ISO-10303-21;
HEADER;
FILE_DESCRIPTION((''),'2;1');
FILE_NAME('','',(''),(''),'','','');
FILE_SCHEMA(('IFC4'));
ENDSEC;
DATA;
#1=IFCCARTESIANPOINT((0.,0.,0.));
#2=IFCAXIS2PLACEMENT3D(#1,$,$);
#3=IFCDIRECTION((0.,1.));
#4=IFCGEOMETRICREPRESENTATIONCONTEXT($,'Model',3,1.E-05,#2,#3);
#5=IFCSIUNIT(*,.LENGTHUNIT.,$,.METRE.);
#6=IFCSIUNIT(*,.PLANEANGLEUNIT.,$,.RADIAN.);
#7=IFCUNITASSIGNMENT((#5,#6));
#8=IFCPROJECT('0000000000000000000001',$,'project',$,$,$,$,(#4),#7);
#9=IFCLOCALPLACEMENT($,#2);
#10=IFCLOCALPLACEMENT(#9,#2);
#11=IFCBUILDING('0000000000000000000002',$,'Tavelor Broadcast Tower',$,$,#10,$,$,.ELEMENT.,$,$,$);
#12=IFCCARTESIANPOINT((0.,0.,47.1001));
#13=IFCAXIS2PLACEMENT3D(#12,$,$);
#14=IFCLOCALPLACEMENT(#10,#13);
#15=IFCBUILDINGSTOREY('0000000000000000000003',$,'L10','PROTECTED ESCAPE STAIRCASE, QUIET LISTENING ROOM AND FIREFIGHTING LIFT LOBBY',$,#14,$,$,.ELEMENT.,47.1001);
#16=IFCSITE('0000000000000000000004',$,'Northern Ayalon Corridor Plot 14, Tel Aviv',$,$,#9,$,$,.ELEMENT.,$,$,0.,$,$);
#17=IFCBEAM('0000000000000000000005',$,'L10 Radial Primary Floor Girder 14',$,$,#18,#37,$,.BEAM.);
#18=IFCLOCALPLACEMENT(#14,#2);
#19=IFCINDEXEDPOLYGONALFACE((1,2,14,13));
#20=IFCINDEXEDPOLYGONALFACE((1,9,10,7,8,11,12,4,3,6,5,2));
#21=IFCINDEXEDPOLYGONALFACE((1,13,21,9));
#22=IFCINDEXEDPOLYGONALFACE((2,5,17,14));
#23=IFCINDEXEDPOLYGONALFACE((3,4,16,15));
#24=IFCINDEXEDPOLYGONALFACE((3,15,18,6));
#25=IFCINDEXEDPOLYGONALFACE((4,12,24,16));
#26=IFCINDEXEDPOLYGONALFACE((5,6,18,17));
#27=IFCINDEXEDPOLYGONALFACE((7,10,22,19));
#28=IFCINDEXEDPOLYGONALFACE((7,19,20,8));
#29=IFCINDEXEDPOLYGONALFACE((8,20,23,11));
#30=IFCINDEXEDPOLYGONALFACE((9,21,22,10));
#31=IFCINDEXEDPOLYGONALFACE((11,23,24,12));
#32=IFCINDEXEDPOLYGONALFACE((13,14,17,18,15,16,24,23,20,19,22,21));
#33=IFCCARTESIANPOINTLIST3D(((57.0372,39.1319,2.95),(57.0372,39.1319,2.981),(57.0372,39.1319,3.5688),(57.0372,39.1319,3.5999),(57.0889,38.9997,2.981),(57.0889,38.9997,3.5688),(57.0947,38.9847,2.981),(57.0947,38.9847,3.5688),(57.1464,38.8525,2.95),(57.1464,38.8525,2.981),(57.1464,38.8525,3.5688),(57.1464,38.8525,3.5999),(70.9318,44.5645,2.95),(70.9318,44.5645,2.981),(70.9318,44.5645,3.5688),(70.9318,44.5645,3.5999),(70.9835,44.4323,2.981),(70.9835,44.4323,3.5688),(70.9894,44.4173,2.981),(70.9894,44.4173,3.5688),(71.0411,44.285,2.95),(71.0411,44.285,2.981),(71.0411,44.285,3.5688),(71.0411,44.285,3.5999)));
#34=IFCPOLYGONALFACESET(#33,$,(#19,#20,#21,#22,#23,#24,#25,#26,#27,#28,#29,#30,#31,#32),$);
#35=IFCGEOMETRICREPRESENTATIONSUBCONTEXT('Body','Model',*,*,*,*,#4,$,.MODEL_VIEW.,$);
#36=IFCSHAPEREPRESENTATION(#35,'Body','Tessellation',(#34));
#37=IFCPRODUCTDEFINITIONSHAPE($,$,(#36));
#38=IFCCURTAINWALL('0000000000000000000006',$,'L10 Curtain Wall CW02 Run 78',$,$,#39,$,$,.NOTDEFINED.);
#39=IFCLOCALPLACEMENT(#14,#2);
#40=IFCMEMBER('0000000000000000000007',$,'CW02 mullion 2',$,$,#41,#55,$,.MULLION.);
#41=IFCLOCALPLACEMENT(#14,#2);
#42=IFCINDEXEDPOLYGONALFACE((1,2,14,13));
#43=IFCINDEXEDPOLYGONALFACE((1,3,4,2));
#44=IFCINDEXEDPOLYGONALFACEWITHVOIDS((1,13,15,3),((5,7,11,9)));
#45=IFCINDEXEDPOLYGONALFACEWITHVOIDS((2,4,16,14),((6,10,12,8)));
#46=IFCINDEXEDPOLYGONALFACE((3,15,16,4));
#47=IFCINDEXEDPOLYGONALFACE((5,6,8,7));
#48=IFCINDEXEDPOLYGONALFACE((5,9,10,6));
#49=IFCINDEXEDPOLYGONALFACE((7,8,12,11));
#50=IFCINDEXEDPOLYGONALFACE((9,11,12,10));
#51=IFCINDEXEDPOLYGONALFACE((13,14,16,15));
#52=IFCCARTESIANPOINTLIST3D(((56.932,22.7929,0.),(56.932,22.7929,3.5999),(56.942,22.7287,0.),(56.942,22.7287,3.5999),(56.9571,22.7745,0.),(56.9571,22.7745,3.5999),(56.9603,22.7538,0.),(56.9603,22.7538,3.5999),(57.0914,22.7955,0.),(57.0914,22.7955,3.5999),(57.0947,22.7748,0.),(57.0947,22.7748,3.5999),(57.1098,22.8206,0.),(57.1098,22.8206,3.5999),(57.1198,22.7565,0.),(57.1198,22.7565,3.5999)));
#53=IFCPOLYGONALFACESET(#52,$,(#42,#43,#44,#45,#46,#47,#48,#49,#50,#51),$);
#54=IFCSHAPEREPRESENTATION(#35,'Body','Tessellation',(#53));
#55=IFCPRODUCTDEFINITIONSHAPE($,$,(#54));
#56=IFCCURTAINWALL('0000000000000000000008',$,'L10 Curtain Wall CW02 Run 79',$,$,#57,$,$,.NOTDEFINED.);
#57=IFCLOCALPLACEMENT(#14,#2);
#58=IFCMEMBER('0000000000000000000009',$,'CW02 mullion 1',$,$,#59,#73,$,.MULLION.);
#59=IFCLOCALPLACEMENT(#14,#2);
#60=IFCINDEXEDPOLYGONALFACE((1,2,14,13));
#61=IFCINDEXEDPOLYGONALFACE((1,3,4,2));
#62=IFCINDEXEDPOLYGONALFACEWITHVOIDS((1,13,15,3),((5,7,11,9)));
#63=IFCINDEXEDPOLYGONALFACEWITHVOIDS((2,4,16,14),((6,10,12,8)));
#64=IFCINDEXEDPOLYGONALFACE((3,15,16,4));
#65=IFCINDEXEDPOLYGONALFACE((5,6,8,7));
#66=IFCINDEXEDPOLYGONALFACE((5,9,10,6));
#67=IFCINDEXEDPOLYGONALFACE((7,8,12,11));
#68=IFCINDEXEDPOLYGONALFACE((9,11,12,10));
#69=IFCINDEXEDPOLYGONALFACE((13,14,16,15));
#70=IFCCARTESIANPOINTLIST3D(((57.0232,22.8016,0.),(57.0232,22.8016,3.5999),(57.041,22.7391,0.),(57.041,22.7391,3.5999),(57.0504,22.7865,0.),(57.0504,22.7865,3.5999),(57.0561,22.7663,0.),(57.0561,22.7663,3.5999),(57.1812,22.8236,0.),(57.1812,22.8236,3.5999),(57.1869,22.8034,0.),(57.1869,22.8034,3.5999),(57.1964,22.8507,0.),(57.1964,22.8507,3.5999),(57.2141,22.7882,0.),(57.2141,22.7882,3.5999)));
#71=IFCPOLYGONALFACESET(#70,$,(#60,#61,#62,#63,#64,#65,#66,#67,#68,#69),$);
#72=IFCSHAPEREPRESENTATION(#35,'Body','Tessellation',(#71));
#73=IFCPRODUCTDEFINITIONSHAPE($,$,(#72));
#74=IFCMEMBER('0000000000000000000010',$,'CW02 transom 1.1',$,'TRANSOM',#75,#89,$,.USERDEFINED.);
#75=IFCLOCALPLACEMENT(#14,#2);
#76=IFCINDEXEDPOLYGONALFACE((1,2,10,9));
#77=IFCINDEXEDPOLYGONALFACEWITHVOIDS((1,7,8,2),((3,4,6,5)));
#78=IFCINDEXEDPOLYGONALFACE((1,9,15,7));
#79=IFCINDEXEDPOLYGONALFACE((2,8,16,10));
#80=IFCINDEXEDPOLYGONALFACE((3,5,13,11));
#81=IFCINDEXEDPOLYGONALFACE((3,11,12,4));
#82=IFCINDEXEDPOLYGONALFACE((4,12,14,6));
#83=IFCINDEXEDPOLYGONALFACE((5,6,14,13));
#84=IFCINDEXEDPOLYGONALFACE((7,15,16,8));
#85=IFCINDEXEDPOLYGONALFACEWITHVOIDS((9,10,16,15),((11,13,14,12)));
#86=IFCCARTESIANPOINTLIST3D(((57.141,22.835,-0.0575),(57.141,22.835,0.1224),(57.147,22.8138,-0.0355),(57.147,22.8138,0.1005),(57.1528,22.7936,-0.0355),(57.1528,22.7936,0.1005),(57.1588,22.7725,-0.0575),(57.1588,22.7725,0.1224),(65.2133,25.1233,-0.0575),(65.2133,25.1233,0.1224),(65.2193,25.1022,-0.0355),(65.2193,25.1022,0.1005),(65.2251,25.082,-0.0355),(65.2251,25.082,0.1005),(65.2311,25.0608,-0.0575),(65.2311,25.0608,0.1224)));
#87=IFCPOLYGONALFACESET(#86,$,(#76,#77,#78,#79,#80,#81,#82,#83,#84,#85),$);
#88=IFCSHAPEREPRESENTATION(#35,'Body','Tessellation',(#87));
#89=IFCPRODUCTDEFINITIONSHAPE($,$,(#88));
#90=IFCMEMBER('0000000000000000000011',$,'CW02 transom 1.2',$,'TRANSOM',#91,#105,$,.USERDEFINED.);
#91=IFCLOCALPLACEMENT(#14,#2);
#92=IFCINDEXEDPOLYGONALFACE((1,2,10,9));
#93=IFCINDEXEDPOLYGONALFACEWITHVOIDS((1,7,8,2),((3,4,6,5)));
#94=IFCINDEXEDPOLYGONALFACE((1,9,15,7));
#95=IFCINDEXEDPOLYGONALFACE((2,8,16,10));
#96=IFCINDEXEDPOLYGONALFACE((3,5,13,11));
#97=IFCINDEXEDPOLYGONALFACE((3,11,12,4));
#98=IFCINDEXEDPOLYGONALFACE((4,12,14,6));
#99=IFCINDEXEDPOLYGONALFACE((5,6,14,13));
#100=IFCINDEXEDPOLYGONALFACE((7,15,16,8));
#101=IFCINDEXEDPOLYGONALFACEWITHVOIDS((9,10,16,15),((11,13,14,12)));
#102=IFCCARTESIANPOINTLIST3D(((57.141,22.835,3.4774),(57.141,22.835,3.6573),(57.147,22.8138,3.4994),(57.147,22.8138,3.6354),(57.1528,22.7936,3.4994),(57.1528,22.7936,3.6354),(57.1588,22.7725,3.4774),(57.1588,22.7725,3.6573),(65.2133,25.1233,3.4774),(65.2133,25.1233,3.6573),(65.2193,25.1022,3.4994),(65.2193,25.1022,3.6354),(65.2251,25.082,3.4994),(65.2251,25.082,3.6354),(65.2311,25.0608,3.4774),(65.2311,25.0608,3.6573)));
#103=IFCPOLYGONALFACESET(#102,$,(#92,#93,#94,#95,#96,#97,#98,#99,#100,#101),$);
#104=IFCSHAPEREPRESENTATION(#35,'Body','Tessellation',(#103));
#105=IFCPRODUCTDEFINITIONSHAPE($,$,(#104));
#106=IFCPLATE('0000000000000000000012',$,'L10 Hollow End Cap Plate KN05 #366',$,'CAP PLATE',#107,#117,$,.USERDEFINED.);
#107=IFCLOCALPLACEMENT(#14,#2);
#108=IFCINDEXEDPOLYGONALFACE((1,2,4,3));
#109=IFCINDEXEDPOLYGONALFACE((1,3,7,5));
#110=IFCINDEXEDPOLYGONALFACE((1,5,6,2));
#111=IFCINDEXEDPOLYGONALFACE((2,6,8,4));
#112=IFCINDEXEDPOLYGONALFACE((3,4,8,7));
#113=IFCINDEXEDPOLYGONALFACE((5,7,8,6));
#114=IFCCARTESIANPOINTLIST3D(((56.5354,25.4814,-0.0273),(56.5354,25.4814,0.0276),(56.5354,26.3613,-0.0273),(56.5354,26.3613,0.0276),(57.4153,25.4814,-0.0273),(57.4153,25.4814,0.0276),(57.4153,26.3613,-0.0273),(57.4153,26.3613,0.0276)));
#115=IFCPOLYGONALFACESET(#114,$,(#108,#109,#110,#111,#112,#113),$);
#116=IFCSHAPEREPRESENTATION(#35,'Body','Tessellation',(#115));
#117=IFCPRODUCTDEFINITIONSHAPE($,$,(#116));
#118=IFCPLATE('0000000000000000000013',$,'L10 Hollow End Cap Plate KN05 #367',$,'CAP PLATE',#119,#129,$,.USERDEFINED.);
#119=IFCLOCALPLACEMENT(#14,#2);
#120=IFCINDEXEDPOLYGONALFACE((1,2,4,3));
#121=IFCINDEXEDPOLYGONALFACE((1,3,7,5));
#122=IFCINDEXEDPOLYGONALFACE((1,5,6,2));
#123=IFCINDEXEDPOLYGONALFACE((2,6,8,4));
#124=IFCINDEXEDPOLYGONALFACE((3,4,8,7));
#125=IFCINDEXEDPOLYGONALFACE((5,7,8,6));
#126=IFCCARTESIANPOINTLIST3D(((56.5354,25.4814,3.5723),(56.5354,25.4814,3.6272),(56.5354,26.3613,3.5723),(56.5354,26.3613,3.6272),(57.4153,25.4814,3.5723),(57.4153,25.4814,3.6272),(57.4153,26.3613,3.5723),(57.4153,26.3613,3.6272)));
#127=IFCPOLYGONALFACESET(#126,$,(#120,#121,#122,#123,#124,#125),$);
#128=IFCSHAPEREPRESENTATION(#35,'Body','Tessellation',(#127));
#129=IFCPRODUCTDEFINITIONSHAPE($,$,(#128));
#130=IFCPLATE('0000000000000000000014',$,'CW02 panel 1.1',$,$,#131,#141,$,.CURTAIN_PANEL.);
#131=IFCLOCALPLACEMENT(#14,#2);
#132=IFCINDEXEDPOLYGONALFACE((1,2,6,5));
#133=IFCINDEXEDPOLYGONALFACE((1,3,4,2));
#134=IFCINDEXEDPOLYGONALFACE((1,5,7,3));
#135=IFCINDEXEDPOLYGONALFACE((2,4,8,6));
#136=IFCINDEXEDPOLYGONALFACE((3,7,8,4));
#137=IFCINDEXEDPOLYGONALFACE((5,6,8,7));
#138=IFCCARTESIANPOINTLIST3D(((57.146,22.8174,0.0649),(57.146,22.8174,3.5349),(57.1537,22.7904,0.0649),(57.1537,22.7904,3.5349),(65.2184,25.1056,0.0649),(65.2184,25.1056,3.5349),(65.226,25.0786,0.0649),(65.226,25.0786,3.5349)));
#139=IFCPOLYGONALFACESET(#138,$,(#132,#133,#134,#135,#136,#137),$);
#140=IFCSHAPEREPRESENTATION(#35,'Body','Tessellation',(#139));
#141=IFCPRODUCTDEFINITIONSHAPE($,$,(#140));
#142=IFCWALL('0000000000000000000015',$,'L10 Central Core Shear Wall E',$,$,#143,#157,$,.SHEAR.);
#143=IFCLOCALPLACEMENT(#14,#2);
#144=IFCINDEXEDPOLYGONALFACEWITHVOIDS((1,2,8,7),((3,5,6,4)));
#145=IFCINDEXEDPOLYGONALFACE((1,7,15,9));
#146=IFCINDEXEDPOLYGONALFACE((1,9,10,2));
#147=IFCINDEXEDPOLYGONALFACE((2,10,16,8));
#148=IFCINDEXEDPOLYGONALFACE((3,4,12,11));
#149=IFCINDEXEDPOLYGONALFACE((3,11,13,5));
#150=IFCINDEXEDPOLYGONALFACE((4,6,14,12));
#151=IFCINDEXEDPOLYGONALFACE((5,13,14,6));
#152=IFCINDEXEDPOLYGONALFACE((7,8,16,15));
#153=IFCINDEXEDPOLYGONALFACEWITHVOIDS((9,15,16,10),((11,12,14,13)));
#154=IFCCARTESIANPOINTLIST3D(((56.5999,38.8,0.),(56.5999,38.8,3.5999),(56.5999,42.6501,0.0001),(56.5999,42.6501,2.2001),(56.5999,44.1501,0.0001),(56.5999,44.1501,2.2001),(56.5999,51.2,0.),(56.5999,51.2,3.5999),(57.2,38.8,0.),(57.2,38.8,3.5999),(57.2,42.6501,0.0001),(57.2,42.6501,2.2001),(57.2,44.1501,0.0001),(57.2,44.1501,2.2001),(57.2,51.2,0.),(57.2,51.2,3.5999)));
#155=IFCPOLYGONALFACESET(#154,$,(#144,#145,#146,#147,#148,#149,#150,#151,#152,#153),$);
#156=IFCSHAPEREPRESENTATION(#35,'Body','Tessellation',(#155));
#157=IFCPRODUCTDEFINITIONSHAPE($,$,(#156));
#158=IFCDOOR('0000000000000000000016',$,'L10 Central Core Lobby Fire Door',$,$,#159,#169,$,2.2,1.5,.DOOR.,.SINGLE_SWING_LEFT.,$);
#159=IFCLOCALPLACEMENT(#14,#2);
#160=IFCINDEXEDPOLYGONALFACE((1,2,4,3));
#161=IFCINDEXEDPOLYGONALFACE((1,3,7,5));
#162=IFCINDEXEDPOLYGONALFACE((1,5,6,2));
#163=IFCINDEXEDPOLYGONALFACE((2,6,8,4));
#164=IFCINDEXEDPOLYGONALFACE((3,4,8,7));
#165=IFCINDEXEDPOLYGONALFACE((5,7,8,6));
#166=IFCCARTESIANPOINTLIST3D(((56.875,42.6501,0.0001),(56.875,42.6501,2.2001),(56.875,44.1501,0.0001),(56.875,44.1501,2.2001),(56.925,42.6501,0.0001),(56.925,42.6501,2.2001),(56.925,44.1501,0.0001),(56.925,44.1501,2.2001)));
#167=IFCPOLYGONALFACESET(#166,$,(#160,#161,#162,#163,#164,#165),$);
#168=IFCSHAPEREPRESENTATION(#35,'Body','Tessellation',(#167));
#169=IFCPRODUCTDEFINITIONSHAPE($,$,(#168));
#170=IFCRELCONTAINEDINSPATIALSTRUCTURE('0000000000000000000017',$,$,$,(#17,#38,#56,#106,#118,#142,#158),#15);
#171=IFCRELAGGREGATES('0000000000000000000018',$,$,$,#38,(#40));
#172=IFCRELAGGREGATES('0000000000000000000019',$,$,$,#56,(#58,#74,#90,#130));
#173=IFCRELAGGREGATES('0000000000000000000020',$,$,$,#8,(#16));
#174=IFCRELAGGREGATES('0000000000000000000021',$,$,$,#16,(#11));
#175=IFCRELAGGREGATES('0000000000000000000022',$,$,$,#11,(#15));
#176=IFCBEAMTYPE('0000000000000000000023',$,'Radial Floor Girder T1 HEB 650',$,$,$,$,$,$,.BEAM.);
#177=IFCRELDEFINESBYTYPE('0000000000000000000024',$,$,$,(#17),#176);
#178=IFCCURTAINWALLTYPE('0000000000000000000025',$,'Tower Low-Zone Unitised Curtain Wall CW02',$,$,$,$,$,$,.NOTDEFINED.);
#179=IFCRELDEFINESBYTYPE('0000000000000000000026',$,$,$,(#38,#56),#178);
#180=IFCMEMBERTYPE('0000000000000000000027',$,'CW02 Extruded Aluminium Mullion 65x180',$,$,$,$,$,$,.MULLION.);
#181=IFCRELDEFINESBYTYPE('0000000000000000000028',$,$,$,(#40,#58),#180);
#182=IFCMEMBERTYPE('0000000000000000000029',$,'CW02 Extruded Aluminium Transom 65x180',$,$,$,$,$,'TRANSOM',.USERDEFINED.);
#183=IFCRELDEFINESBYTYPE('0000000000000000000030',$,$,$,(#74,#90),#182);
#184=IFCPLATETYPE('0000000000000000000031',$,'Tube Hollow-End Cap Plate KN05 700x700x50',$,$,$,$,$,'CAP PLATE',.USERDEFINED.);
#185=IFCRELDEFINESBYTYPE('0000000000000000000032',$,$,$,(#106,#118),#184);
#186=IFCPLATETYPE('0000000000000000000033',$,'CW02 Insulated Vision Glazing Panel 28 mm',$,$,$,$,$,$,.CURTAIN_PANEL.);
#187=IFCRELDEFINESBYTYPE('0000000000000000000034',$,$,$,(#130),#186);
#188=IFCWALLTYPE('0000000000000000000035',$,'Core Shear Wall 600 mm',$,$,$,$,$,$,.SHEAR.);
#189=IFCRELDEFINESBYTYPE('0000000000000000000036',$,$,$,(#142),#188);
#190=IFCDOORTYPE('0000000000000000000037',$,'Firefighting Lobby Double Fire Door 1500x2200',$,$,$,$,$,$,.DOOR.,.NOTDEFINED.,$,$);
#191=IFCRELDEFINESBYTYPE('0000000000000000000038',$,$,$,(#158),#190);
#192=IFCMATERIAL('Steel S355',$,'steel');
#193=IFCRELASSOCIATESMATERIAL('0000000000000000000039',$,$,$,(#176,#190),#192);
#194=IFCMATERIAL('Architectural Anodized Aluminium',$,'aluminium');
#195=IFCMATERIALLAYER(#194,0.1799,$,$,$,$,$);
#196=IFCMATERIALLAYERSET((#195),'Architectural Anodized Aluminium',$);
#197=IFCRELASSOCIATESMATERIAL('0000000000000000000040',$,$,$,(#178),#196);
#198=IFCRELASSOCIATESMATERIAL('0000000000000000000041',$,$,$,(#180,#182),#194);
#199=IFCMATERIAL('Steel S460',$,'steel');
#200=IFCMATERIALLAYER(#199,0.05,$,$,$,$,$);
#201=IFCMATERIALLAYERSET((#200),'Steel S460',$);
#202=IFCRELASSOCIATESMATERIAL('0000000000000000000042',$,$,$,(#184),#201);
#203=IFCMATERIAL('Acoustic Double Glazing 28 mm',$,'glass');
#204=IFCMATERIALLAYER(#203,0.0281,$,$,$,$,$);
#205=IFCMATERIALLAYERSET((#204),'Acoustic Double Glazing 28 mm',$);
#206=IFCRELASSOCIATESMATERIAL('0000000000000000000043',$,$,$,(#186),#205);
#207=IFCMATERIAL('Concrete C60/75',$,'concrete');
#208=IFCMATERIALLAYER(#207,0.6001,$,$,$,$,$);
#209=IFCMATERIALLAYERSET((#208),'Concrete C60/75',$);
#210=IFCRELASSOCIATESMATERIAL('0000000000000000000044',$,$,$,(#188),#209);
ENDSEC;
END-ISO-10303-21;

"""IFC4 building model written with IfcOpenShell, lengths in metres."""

from ifc_helpers import new_model, si_unit, direction, frame, frame_2d, origin, origin_2d, place, context, subcontext, project, spatial, rectangle, hollow_rectangle, i_section, extrude, source, transform, mapped, material, layer, layer_set, material_profile, profile_set, type_object, type_shapes, element, fill, aggregate, save


model = new_model("IFC4")

# Units and contexts
model_context = context("Model", 3, precision=1e-05, world=origin(), true_north=direction((0.0, 1.0)))
body_context = subcontext(model_context, "Body", "Model", "MODEL_VIEW")
ifc_project = project(units=[si_unit("LENGTHUNIT", "METRE"), si_unit("PLANEANGLEUNIT", "RADIAN")], contexts=[model_context])

# Site, building, storey
site_placement = place(None, origin())
site = spatial("IfcSite", under=ifc_project, at=site_placement, Name="Northern Ayalon Corridor Plot 14, Tel Aviv", CompositionType="ELEMENT", RefElevation=0.0)
building_placement = place(site_placement, origin())
building = spatial("IfcBuilding", under=site, at=building_placement, Name="Tavelor Broadcast Tower", CompositionType="ELEMENT")
storey_placement = place(building_placement, frame((0.0, 0.0, 47.1001)))
storey = spatial("IfcBuildingStorey", under=building, at=storey_placement, Name="L10", Description="PROTECTED ESCAPE STAIRCASE, QUIET LISTENING ROOM AND FIREFIGHTING LIFT LOBBY", CompositionType="ELEMENT", Elevation=47.1001)

# Shared definitions
ifc_material_1 = material(Name="Concrete C60/75", Category="concrete")
ifc_material_2 = material(Name="Steel S460", Category="steel")

# Beam
ifc_material_3 = material(Name="Steel S355", Category="steel")
ifc_material_profile_1 = material_profile(ifc_material_3, i_section(OverallWidth=0.3, OverallDepth=0.6499, WebThickness=0.0161, FlangeThickness=0.031, at=origin_2d()), Name="HEB 650")
ifc_profile_set_1 = profile_set([ifc_material_profile_1], Name="Steel S355")
beam_type_1 = type_object("IfcBeamType", Name="Radial Floor Girder T1 HEB 650", PredefinedType="BEAM", material=ifc_profile_set_1)
beam_1_placement = place(storey_placement, frame((57.0918, 38.9922, 3.2749), z_axis=(0.931344, 0.36414, 0.0), x_axis=(-0.36414, 0.931344, 0.0)))
element("IfcBeam", 1, at=beam_1_placement, inside=storey, type_object=beam_type_1, Name="L10 Radial Primary Floor Girder 14", PredefinedType="BEAM", context=body_context, shape_type="SweptSolid", body=[
    extrude(i_section(OverallWidth=0.3, OverallDepth=0.6499, WebThickness=0.0161, FlangeThickness=0.031, at=origin_2d()), origin(), (0.0, 0.0, 1.0), 14.9189),
])

# Curtain wall, member
ifc_material_4 = material(Name="Architectural Anodized Aluminium", Category="aluminium")
ifc_layer_1 = layer(ifc_material_4, 0.1799)
ifc_layer_set_1 = layer_set([ifc_layer_1], Name="Architectural Anodized Aluminium")
curtain_wall_type = type_object("IfcCurtainWallType", Name="Tower Low-Zone Unitised Curtain Wall CW02", PredefinedType="NOTDEFINED", material=ifc_layer_set_1)
curtain_wall_1_placement = place(storey_placement, origin())
curtain_wall_1 = element("IfcCurtainWall", 2, at=curtain_wall_1_placement, inside=storey, type_object=curtain_wall_type, Name="L10 Curtain Wall CW02 Run 78", PredefinedType="NOTDEFINED")
ifc_material_profile_2 = material_profile(ifc_material_4, hollow_rectangle(XDim=0.0649, YDim=0.1799, WallThickness=0.022, at=origin_2d()), Name="RHS 65x180x22")
ifc_profile_set_2 = profile_set([ifc_material_profile_2], Name="Architectural Anodized Aluminium")
member_type_1 = type_object("IfcMemberType", Name="CW02 Extruded Aluminium Mullion 65x180", PredefinedType="MULLION", material=ifc_profile_set_2)
shared_shape_1 = source(origin(), body_context, "Body", "SweptSolid", [
    extrude(hollow_rectangle(XDim=0.0649, YDim=0.1799, WallThickness=0.022, at=origin_2d()), origin(), (0.0, 0.0, 1.0), 3.5999),
])
type_shapes(member_type_1, [shared_shape_1])
member_1_placement = place(storey_placement, frame((57.0259, 22.7747, 0.0), z_axis=(0.0, 0.0, 1.0), x_axis=(-0.154288, 0.988026, 0.0)))
member_1 = element("IfcMember", 3, at=member_1_placement, type_object=member_type_1, Name="CW02 mullion 2", PredefinedType="MULLION", context=body_context, shape_type="MappedRepresentation", body=[
    mapped(shared_shape_1, transform((0.0, 0.0, 0.0), scale=1.0)),
])
aggregate(curtain_wall_1, [member_1])

# Curtain wall, members
curtain_wall_2_placement = place(storey_placement, origin())
curtain_wall_2 = element("IfcCurtainWall", 4, at=curtain_wall_2_placement, inside=storey, type_object=curtain_wall_type, Name="L10 Curtain Wall CW02 Run 79", PredefinedType="NOTDEFINED")
member_2_placement = place(storey_placement, frame((57.1187, 22.7949, 0.0), z_axis=(0.0, 0.0, 1.0), x_axis=(-0.272722, 0.962093, 0.0)))
member_2 = element("IfcMember", 5, at=member_2_placement, type_object=member_type_1, Name="CW02 mullion 1", PredefinedType="MULLION", context=body_context, shape_type="MappedRepresentation", body=[
    mapped(shared_shape_1, transform((0.0, 0.0, 0.0), scale=1.0)),
])
ifc_material_profile_3 = material_profile(ifc_material_4, hollow_rectangle(XDim=0.0649, YDim=0.1799, WallThickness=0.022, at=origin_2d()), Name="RHS 65x180x22")
ifc_profile_set_3 = profile_set([ifc_material_profile_3], Name="Architectural Anodized Aluminium")
member_type_2 = type_object("IfcMemberType", Name="CW02 Extruded Aluminium Transom 65x180", ElementType="TRANSOM", PredefinedType="USERDEFINED", material=ifc_profile_set_3)
shared_shape_2 = source(origin(), body_context, "Body", "SweptSolid", [
    extrude(hollow_rectangle(XDim=0.0649, YDim=0.1799, WallThickness=0.022, at=origin_2d()), origin(), (0.0, 0.0, 1.0), 8.3904),
])
type_shapes(member_type_2, [shared_shape_2])
member_3_placement = place(storey_placement, frame((57.1499, 22.8037, 0.0325), z_axis=(0.96209, 0.272734, 0.0), x_axis=(-0.272734, 0.96209, 0.0)))
member_3 = element("IfcMember", 6, at=member_3_placement, type_object=member_type_2, Name="CW02 transom 1.1", ObjectType="TRANSOM", PredefinedType="USERDEFINED", context=body_context, shape_type="MappedRepresentation", body=[
    mapped(shared_shape_2, transform((0.0, 0.0, 0.0), scale=1.0)),
])
member_4_placement = place(storey_placement, frame((57.1499, 22.8037, 3.5674), z_axis=(0.96209, 0.272734, 0.0), x_axis=(-0.272734, 0.96209, 0.0)))
member_4 = element("IfcMember", 7, at=member_4_placement, type_object=member_type_2, Name="CW02 transom 1.2", ObjectType="TRANSOM", PredefinedType="USERDEFINED", context=body_context, shape_type="MappedRepresentation", body=[
    mapped(shared_shape_2, transform((0.0, 0.0, 0.0), scale=1.0)),
])

# Plates
ifc_layer_2 = layer(ifc_material_2, 0.05)
ifc_layer_set_2 = layer_set([ifc_layer_2], Name="Steel S460")
plate_type_1 = type_object("IfcPlateType", Name="Tube Hollow-End Cap Plate KN05 700x700x50", ElementType="CAP PLATE", PredefinedType="USERDEFINED", material=ifc_layer_set_2)
shared_shape_3 = source(origin(), body_context, "Body", "SweptSolid", [
    extrude(rectangle(XDim=0.8799, YDim=0.8799, at=origin_2d()), origin(), (0.0, 0.0, 1.0), 0.0549),
])
type_shapes(plate_type_1, [shared_shape_3])
for number, where, z_axis, x_axis, name in (
    (8, (56.9753, 25.9214, -0.0273), (0.0, 0.0, 1.0), (1.0, 0.0, 0.0), "L10 Hollow End Cap Plate KN05 #366"),
    (9, (56.9753, 25.9214, 3.5723), (0.0, 0.0, 1.0), (1.0, 0.0, 0.0), "L10 Hollow End Cap Plate KN05 #367"),
):
    element("IfcPlate", number, at=place(storey_placement, frame(where, z_axis=z_axis, x_axis=x_axis)), inside=storey, type_object=plate_type_1, Name=name, ObjectType="CAP PLATE", PredefinedType="USERDEFINED", context=body_context, shape_type="MappedRepresentation", body=[
        mapped(shared_shape_3, transform((0.0, 0.0, 0.0), scale=1.0)),
    ])

# Plate
ifc_material_5 = material(Name="Acoustic Double Glazing 28 mm", Category="glass")
ifc_layer_3 = layer(ifc_material_5, 0.0281)
ifc_layer_set_3 = layer_set([ifc_layer_3], Name="Acoustic Double Glazing 28 mm")
plate_type_2 = type_object("IfcPlateType", Name="CW02 Insulated Vision Glazing Panel 28 mm", PredefinedType="CURTAIN_PANEL", material=ifc_layer_set_3)
shared_shape_4 = source(origin(), body_context, "Body", "SweptSolid", [
    extrude(rectangle(XDim=8.3904, YDim=0.0281, at=origin_2d()), origin(), (0.0, 0.0, 1.0), 3.47),
])
type_shapes(plate_type_2, [shared_shape_4])
plate_placement = place(storey_placement, frame((61.186, 23.948, 0.0649), z_axis=(0.0, 0.0, 1.0), x_axis=(0.962093, 0.272722, 0.0)))
plate = element("IfcPlate", 10, at=plate_placement, type_object=plate_type_2, Name="CW02 panel 1.1", PredefinedType="CURTAIN_PANEL", context=body_context, shape_type="MappedRepresentation", body=[
    mapped(shared_shape_4, transform((0.0, 0.0, 0.0), scale=1.0)),
])
aggregate(curtain_wall_2, [member_2, member_3, member_4, plate])

# Wall, opening, door
ifc_layer_4 = layer(ifc_material_1, 0.6001)
ifc_layer_set_4 = layer_set([ifc_layer_4], Name="Concrete C60/75")
wall_type_1 = type_object("IfcWallType", Name="Core Shear Wall 600 mm", PredefinedType="SHEAR", material=ifc_layer_set_4)
wall_1_placement = place(storey_placement, frame((56.8999, 38.8, 0.0), z_axis=(0.0, 0.0, 1.0), x_axis=(0.0, 1.0, 0.0)))
wall_1 = element("IfcWall", 11, at=wall_1_placement, inside=storey, type_object=wall_type_1, Name="L10 Central Core Shear Wall E", PredefinedType="SHEAR", context=body_context, shape_type="SweptSolid", body=[
    extrude(rectangle(XDim=12.3999, YDim=0.6001, at=frame_2d((6.2, 0.0))), origin(), (0.0, 0.0, 1.0), 3.5999),
])
opening_1_placement = place(wall_1_placement, frame((3.8501, 0.0, 0.0)))
opening_1 = element("IfcOpeningElement", 12, at=opening_1_placement, cuts=wall_1, PredefinedType="OPENING", context=body_context, shape_type="SweptSolid", body=[
    extrude(rectangle(XDim=1.5, YDim=2.2, at=frame_2d((0.75, 1.1001))), frame((0.0, 0.3101, 0.0), z_axis=(0.0, -1.0, 0.0), x_axis=(1.0, 0.0, 0.0)), (0.0, 0.0, 1.0), 0.6201),
])
door_type_1 = type_object("IfcDoorType", Name="Firefighting Lobby Double Fire Door 1500x2200", OperationType="NOTDEFINED", PredefinedType="DOOR", material=ifc_material_3)
door_1_placement = place(opening_1_placement, origin())
door_1 = element("IfcDoor", 13, at=door_1_placement, inside=storey, type_object=door_type_1, Name="L10 Central Core Lobby Fire Door", OperationType="SINGLE_SWING_LEFT", OverallHeight=2.2, OverallWidth=1.5, PredefinedType="DOOR", context=body_context, shape_type="SweptSolid", body=[
    extrude(rectangle(XDim=1.5, YDim=2.2, at=frame_2d((0.75, 1.1001))), frame((0.0, 0.0249, 0.0), z_axis=(0.0, -1.0, 0.0), x_axis=(1.0, 0.0, 0.0)), (0.0, 0.0, 1.0), 0.05),
])
fill(opening_1, door_1)

save(model, "model.ifc")
